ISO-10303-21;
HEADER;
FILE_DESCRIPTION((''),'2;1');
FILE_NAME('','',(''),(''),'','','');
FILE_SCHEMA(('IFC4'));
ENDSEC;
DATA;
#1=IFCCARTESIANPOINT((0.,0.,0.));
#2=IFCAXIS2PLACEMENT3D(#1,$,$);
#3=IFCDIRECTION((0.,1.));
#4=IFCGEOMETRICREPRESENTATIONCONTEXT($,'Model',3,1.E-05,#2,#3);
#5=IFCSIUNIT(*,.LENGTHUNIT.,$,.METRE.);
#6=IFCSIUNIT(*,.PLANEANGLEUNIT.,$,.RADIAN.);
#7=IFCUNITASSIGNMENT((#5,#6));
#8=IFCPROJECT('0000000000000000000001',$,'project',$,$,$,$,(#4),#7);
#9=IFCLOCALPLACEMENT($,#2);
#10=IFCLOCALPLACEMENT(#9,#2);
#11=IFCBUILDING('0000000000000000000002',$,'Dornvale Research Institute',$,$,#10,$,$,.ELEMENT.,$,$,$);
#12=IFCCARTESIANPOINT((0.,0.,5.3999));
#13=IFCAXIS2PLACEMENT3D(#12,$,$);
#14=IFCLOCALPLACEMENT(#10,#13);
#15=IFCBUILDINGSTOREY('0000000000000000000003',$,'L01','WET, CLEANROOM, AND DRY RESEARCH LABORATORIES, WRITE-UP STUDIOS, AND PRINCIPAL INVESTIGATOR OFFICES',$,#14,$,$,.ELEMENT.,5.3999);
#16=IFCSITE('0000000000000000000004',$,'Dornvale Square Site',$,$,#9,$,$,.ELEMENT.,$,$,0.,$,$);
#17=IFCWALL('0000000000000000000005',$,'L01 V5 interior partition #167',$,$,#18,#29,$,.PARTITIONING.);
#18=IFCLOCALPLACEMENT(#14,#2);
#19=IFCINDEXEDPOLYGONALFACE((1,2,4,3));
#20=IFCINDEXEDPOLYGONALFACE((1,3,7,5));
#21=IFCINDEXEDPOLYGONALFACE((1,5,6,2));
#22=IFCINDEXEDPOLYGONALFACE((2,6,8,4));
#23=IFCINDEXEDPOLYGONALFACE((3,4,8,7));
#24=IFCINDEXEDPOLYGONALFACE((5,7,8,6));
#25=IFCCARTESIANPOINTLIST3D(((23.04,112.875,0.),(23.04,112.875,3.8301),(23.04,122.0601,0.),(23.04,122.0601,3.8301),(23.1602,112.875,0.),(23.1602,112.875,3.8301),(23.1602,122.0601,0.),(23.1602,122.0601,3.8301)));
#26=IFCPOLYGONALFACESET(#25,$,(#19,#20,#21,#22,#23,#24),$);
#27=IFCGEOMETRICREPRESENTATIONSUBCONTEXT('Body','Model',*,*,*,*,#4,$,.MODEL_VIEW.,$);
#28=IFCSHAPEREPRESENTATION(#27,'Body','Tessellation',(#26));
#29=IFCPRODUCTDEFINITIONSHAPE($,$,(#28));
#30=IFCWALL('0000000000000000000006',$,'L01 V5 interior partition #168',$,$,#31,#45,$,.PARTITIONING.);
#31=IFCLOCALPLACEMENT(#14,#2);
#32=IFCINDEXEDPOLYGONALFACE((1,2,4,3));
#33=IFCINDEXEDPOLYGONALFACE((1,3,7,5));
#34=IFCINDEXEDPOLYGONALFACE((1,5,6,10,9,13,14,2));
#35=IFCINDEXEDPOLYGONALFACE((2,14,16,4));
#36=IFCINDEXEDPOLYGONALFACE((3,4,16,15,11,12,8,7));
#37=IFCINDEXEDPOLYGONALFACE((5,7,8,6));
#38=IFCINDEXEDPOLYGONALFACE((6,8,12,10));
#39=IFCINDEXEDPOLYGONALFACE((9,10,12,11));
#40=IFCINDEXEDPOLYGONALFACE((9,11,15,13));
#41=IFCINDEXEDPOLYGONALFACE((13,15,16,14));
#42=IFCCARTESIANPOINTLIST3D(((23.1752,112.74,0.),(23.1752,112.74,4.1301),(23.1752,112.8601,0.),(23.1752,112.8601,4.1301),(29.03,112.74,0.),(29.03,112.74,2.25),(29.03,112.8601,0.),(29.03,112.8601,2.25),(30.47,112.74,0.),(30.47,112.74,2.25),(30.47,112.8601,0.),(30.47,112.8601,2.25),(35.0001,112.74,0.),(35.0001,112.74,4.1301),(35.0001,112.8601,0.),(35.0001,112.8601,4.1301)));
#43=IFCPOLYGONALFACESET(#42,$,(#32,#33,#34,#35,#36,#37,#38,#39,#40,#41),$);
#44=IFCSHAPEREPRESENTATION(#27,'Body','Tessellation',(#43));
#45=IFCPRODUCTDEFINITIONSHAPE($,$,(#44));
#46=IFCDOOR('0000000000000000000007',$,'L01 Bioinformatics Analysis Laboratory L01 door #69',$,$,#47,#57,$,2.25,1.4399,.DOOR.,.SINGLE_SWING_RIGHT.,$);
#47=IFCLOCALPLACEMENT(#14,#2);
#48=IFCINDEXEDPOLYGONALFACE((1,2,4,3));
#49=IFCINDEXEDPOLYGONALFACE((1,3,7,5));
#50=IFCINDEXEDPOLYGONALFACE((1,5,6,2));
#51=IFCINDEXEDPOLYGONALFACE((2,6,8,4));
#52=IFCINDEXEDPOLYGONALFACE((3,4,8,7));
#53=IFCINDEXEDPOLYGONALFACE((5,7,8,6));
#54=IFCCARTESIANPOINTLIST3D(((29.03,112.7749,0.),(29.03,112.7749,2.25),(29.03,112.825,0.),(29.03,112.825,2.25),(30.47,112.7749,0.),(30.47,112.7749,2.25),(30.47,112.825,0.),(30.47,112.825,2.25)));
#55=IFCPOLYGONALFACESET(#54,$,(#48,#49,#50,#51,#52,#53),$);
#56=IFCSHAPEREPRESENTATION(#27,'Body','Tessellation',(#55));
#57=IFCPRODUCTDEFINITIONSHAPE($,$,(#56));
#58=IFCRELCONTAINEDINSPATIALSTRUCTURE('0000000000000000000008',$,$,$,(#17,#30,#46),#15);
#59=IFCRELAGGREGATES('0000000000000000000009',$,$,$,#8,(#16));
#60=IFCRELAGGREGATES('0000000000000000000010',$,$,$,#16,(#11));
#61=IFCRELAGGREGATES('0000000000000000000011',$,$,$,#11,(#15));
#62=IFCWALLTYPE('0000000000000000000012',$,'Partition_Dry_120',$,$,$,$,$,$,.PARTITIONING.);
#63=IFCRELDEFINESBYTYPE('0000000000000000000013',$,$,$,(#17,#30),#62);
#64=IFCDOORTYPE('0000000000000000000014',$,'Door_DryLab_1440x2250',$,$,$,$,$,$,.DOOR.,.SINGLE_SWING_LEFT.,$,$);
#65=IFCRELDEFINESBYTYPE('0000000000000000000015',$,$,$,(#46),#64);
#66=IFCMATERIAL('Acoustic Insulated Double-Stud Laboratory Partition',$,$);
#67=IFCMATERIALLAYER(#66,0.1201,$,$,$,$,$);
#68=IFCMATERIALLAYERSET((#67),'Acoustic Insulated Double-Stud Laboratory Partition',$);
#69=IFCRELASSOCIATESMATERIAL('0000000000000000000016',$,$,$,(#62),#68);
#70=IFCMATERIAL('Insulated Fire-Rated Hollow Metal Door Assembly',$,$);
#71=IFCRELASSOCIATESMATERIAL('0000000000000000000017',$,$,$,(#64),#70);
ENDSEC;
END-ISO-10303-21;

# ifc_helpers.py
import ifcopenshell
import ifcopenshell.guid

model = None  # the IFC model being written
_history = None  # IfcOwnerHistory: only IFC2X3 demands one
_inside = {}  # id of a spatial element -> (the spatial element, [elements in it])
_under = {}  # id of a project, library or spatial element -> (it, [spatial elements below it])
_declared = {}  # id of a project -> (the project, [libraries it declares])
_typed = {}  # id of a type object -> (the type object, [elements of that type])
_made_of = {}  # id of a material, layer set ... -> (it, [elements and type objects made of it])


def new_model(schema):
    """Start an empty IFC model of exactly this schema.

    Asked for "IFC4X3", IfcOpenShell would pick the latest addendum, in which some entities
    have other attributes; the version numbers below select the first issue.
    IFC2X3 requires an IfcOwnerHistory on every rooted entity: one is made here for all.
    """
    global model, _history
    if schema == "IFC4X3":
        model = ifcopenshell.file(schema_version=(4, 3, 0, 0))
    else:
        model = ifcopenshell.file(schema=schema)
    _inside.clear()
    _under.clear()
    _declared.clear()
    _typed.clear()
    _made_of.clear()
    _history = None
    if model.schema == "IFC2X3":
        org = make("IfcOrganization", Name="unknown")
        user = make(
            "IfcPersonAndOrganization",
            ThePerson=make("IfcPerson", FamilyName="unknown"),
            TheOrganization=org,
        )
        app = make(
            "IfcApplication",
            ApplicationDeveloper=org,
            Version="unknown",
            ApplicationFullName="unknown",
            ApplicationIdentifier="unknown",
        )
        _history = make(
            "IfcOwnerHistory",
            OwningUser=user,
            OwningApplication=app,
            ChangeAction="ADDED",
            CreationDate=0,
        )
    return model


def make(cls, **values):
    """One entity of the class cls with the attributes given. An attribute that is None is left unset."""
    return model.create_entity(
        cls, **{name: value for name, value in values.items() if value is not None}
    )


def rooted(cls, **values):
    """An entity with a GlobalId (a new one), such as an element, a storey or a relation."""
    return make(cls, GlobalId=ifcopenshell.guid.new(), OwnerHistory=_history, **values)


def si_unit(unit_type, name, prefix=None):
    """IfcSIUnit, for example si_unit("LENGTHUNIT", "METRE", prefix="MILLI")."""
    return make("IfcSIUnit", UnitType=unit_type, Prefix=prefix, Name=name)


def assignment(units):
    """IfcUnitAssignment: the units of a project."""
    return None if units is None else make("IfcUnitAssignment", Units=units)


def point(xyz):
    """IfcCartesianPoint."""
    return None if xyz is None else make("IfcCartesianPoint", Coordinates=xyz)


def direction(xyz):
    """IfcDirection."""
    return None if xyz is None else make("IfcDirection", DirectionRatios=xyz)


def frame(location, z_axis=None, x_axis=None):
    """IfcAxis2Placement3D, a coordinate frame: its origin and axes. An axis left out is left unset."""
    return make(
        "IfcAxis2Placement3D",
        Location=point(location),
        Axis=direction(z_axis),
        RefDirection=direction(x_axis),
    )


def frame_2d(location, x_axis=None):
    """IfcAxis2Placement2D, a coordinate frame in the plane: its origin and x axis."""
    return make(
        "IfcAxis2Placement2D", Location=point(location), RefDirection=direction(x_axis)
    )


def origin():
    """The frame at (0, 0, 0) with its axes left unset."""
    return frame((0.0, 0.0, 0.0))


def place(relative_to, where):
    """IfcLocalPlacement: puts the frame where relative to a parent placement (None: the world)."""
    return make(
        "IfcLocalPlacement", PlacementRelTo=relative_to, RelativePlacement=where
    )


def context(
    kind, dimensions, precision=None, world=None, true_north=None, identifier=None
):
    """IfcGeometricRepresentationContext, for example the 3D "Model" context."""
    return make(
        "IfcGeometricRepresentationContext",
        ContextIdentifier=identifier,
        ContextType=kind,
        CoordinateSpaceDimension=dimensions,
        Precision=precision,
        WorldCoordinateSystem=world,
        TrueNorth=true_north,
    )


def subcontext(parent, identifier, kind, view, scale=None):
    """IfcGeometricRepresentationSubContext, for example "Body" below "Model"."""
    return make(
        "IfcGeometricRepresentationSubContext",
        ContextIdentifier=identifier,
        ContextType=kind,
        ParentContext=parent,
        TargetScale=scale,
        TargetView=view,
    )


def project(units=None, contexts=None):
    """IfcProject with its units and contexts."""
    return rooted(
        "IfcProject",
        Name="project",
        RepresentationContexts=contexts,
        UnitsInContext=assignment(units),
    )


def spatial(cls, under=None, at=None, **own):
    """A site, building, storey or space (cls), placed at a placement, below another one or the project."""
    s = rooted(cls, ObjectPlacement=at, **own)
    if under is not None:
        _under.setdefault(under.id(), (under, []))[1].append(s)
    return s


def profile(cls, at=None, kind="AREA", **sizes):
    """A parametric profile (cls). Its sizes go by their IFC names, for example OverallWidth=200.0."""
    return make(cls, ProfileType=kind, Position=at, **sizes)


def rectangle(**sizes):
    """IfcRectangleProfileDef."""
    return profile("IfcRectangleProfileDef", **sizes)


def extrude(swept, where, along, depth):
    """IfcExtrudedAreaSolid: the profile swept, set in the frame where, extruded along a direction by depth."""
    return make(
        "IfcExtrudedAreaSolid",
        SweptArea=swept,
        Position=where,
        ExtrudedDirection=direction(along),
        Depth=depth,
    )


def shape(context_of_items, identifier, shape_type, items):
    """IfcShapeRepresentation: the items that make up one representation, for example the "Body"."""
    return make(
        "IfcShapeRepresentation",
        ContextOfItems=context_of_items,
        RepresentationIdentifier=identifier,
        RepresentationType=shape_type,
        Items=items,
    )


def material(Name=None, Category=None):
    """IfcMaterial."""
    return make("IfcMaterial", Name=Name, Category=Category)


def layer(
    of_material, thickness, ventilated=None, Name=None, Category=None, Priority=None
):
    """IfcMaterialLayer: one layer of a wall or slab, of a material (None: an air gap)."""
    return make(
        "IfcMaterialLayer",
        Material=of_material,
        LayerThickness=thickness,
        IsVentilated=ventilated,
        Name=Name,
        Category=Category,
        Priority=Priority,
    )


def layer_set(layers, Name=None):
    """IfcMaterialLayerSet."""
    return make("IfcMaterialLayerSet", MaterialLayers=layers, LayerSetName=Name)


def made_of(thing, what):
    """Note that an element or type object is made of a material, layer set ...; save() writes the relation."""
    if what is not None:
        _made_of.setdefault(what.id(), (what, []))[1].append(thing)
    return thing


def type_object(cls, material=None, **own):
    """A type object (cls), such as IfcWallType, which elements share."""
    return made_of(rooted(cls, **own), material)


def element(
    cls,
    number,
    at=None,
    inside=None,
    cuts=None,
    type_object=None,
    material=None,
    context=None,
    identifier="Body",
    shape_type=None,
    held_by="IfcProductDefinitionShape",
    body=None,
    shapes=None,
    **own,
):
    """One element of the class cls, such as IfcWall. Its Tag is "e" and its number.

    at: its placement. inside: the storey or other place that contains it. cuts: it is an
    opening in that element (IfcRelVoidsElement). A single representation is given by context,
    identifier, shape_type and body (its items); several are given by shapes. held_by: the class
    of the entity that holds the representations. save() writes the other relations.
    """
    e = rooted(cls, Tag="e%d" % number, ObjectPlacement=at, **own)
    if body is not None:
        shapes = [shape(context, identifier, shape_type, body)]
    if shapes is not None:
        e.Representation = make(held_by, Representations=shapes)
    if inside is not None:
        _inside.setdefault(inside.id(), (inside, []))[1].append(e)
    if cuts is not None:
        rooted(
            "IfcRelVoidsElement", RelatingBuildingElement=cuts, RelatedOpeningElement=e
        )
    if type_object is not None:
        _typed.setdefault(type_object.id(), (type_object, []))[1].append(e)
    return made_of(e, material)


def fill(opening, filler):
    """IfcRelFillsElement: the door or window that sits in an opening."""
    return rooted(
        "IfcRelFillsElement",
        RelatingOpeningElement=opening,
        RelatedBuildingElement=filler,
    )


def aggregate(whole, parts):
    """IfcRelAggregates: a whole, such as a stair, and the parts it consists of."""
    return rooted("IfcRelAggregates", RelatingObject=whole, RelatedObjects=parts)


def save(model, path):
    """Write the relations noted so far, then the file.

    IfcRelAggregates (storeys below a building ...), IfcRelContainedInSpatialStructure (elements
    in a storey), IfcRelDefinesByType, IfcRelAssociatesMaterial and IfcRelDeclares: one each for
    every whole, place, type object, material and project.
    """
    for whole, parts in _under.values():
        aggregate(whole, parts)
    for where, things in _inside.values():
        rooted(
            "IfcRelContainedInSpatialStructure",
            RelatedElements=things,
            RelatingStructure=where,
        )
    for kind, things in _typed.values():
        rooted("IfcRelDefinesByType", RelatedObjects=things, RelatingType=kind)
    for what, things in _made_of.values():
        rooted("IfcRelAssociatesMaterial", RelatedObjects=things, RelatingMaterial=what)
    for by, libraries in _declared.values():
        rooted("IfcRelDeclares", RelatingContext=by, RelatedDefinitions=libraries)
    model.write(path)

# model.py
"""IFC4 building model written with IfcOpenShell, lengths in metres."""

from ifc_helpers import new_model, si_unit, direction, frame, frame_2d, origin, place, context, subcontext, project, spatial, rectangle, extrude, material, layer, layer_set, type_object, element, fill, save


model = new_model("IFC4")

# Units and contexts
model_context = context("Model", 3, precision=1e-05, world=origin(), true_north=direction((0.0, 1.0)))
body_context = subcontext(model_context, "Body", "Model", "MODEL_VIEW")
ifc_project = project(units=[si_unit("LENGTHUNIT", "METRE"), si_unit("PLANEANGLEUNIT", "RADIAN")], contexts=[model_context])

# Site, building, storey
site_placement = place(None, origin())
site = spatial("IfcSite", under=ifc_project, at=site_placement, Name="Dornvale Square Site", CompositionType="ELEMENT", RefElevation=0.0)
building_placement = place(site_placement, origin())
building = spatial("IfcBuilding", under=site, at=building_placement, Name="Dornvale Research Institute", CompositionType="ELEMENT")
storey_placement = place(building_placement, frame((0.0, 0.0, 5.3999)))
storey = spatial("IfcBuildingStorey", under=building, at=storey_placement, Name="L01", Description="WET, CLEANROOM, AND DRY RESEARCH LABORATORIES, WRITE-UP STUDIOS, AND PRINCIPAL INVESTIGATOR OFFICES", CompositionType="ELEMENT", Elevation=5.3999)

# Wall
ifc_material_1 = material(Name="Acoustic Insulated Double-Stud Laboratory Partition")
ifc_layer_1 = layer(ifc_material_1, 0.1201)
ifc_layer_set_1 = layer_set([ifc_layer_1], Name="Acoustic Insulated Double-Stud Laboratory Partition")
wall_type_1 = type_object("IfcWallType", Name="Partition_Dry_120", PredefinedType="PARTITIONING", material=ifc_layer_set_1)
wall_1_placement = place(storey_placement, frame((23.1001, 112.875, 0.0), z_axis=(0.0, 0.0, 1.0), x_axis=(0.0, 1.0, 0.0)))
element("IfcWall", 1, at=wall_1_placement, inside=storey, type_object=wall_type_1, Name="L01 V5 interior partition #167", PredefinedType="PARTITIONING", context=body_context, shape_type="SweptSolid", body=[
    extrude(rectangle(XDim=9.1851, YDim=0.1201, at=frame_2d((4.5925, 0.0))), origin(), (0.0, 0.0, 1.0), 3.8301),
])

# Wall, opening, door
wall_2_placement = place(storey_placement, frame((23.175, 112.8, 0.0), z_axis=(0.0, 0.0, 1.0), x_axis=(1.0, 0.0, 0.0)))
wall_2 = element("IfcWall", 2, at=wall_2_placement, inside=storey, type_object=wall_type_1, Name="L01 V5 interior partition #168", PredefinedType="PARTITIONING", context=body_context, shape_type="SweptSolid", body=[
    extrude(rectangle(XDim=11.825, YDim=0.1201, at=frame_2d((5.9126, 0.0))), origin(), (0.0, 0.0, 1.0), 4.1301),
])
opening_1_placement = place(wall_2_placement, frame((5.855, 0.0, 0.0)))
opening_1 = element("IfcOpeningElement", 3, at=opening_1_placement, cuts=wall_2, PredefinedType="OPENING", context=body_context, shape_type="SweptSolid", body=[
    extrude(rectangle(XDim=1.4399, YDim=2.25, at=frame_2d((0.72, 1.125))), frame((0.0, 0.075, 0.0), z_axis=(0.0, -1.0, 0.0), x_axis=(1.0, 0.0, 0.0)), (0.0, 0.0, 1.0), 0.1501),
])
ifc_material_2 = material(Name="Insulated Fire-Rated Hollow Metal Door Assembly")
door_type_1 = type_object("IfcDoorType", Name="Door_DryLab_1440x2250", OperationType="SINGLE_SWING_LEFT", PredefinedType="DOOR", material=ifc_material_2)
door_1_placement = place(opening_1_placement, origin())
door_1 = element("IfcDoor", 4, at=door_1_placement, inside=storey, type_object=door_type_1, Name="L01 Bioinformatics Analysis Laboratory L01 door #69", OperationType="SINGLE_SWING_RIGHT", OverallHeight=2.25, OverallWidth=1.4399, PredefinedType="DOOR", context=body_context, shape_type="SweptSolid", body=[
    extrude(rectangle(XDim=1.4399, YDim=2.25, at=frame_2d((0.72, 1.125))), frame((0.0, 0.0249, 0.0), z_axis=(0.0, -1.0, 0.0), x_axis=(1.0, 0.0, 0.0)), (0.0, 0.0, 1.0), 0.05),
])
fill(opening_1, door_1)

save(model, "model.ifc")
